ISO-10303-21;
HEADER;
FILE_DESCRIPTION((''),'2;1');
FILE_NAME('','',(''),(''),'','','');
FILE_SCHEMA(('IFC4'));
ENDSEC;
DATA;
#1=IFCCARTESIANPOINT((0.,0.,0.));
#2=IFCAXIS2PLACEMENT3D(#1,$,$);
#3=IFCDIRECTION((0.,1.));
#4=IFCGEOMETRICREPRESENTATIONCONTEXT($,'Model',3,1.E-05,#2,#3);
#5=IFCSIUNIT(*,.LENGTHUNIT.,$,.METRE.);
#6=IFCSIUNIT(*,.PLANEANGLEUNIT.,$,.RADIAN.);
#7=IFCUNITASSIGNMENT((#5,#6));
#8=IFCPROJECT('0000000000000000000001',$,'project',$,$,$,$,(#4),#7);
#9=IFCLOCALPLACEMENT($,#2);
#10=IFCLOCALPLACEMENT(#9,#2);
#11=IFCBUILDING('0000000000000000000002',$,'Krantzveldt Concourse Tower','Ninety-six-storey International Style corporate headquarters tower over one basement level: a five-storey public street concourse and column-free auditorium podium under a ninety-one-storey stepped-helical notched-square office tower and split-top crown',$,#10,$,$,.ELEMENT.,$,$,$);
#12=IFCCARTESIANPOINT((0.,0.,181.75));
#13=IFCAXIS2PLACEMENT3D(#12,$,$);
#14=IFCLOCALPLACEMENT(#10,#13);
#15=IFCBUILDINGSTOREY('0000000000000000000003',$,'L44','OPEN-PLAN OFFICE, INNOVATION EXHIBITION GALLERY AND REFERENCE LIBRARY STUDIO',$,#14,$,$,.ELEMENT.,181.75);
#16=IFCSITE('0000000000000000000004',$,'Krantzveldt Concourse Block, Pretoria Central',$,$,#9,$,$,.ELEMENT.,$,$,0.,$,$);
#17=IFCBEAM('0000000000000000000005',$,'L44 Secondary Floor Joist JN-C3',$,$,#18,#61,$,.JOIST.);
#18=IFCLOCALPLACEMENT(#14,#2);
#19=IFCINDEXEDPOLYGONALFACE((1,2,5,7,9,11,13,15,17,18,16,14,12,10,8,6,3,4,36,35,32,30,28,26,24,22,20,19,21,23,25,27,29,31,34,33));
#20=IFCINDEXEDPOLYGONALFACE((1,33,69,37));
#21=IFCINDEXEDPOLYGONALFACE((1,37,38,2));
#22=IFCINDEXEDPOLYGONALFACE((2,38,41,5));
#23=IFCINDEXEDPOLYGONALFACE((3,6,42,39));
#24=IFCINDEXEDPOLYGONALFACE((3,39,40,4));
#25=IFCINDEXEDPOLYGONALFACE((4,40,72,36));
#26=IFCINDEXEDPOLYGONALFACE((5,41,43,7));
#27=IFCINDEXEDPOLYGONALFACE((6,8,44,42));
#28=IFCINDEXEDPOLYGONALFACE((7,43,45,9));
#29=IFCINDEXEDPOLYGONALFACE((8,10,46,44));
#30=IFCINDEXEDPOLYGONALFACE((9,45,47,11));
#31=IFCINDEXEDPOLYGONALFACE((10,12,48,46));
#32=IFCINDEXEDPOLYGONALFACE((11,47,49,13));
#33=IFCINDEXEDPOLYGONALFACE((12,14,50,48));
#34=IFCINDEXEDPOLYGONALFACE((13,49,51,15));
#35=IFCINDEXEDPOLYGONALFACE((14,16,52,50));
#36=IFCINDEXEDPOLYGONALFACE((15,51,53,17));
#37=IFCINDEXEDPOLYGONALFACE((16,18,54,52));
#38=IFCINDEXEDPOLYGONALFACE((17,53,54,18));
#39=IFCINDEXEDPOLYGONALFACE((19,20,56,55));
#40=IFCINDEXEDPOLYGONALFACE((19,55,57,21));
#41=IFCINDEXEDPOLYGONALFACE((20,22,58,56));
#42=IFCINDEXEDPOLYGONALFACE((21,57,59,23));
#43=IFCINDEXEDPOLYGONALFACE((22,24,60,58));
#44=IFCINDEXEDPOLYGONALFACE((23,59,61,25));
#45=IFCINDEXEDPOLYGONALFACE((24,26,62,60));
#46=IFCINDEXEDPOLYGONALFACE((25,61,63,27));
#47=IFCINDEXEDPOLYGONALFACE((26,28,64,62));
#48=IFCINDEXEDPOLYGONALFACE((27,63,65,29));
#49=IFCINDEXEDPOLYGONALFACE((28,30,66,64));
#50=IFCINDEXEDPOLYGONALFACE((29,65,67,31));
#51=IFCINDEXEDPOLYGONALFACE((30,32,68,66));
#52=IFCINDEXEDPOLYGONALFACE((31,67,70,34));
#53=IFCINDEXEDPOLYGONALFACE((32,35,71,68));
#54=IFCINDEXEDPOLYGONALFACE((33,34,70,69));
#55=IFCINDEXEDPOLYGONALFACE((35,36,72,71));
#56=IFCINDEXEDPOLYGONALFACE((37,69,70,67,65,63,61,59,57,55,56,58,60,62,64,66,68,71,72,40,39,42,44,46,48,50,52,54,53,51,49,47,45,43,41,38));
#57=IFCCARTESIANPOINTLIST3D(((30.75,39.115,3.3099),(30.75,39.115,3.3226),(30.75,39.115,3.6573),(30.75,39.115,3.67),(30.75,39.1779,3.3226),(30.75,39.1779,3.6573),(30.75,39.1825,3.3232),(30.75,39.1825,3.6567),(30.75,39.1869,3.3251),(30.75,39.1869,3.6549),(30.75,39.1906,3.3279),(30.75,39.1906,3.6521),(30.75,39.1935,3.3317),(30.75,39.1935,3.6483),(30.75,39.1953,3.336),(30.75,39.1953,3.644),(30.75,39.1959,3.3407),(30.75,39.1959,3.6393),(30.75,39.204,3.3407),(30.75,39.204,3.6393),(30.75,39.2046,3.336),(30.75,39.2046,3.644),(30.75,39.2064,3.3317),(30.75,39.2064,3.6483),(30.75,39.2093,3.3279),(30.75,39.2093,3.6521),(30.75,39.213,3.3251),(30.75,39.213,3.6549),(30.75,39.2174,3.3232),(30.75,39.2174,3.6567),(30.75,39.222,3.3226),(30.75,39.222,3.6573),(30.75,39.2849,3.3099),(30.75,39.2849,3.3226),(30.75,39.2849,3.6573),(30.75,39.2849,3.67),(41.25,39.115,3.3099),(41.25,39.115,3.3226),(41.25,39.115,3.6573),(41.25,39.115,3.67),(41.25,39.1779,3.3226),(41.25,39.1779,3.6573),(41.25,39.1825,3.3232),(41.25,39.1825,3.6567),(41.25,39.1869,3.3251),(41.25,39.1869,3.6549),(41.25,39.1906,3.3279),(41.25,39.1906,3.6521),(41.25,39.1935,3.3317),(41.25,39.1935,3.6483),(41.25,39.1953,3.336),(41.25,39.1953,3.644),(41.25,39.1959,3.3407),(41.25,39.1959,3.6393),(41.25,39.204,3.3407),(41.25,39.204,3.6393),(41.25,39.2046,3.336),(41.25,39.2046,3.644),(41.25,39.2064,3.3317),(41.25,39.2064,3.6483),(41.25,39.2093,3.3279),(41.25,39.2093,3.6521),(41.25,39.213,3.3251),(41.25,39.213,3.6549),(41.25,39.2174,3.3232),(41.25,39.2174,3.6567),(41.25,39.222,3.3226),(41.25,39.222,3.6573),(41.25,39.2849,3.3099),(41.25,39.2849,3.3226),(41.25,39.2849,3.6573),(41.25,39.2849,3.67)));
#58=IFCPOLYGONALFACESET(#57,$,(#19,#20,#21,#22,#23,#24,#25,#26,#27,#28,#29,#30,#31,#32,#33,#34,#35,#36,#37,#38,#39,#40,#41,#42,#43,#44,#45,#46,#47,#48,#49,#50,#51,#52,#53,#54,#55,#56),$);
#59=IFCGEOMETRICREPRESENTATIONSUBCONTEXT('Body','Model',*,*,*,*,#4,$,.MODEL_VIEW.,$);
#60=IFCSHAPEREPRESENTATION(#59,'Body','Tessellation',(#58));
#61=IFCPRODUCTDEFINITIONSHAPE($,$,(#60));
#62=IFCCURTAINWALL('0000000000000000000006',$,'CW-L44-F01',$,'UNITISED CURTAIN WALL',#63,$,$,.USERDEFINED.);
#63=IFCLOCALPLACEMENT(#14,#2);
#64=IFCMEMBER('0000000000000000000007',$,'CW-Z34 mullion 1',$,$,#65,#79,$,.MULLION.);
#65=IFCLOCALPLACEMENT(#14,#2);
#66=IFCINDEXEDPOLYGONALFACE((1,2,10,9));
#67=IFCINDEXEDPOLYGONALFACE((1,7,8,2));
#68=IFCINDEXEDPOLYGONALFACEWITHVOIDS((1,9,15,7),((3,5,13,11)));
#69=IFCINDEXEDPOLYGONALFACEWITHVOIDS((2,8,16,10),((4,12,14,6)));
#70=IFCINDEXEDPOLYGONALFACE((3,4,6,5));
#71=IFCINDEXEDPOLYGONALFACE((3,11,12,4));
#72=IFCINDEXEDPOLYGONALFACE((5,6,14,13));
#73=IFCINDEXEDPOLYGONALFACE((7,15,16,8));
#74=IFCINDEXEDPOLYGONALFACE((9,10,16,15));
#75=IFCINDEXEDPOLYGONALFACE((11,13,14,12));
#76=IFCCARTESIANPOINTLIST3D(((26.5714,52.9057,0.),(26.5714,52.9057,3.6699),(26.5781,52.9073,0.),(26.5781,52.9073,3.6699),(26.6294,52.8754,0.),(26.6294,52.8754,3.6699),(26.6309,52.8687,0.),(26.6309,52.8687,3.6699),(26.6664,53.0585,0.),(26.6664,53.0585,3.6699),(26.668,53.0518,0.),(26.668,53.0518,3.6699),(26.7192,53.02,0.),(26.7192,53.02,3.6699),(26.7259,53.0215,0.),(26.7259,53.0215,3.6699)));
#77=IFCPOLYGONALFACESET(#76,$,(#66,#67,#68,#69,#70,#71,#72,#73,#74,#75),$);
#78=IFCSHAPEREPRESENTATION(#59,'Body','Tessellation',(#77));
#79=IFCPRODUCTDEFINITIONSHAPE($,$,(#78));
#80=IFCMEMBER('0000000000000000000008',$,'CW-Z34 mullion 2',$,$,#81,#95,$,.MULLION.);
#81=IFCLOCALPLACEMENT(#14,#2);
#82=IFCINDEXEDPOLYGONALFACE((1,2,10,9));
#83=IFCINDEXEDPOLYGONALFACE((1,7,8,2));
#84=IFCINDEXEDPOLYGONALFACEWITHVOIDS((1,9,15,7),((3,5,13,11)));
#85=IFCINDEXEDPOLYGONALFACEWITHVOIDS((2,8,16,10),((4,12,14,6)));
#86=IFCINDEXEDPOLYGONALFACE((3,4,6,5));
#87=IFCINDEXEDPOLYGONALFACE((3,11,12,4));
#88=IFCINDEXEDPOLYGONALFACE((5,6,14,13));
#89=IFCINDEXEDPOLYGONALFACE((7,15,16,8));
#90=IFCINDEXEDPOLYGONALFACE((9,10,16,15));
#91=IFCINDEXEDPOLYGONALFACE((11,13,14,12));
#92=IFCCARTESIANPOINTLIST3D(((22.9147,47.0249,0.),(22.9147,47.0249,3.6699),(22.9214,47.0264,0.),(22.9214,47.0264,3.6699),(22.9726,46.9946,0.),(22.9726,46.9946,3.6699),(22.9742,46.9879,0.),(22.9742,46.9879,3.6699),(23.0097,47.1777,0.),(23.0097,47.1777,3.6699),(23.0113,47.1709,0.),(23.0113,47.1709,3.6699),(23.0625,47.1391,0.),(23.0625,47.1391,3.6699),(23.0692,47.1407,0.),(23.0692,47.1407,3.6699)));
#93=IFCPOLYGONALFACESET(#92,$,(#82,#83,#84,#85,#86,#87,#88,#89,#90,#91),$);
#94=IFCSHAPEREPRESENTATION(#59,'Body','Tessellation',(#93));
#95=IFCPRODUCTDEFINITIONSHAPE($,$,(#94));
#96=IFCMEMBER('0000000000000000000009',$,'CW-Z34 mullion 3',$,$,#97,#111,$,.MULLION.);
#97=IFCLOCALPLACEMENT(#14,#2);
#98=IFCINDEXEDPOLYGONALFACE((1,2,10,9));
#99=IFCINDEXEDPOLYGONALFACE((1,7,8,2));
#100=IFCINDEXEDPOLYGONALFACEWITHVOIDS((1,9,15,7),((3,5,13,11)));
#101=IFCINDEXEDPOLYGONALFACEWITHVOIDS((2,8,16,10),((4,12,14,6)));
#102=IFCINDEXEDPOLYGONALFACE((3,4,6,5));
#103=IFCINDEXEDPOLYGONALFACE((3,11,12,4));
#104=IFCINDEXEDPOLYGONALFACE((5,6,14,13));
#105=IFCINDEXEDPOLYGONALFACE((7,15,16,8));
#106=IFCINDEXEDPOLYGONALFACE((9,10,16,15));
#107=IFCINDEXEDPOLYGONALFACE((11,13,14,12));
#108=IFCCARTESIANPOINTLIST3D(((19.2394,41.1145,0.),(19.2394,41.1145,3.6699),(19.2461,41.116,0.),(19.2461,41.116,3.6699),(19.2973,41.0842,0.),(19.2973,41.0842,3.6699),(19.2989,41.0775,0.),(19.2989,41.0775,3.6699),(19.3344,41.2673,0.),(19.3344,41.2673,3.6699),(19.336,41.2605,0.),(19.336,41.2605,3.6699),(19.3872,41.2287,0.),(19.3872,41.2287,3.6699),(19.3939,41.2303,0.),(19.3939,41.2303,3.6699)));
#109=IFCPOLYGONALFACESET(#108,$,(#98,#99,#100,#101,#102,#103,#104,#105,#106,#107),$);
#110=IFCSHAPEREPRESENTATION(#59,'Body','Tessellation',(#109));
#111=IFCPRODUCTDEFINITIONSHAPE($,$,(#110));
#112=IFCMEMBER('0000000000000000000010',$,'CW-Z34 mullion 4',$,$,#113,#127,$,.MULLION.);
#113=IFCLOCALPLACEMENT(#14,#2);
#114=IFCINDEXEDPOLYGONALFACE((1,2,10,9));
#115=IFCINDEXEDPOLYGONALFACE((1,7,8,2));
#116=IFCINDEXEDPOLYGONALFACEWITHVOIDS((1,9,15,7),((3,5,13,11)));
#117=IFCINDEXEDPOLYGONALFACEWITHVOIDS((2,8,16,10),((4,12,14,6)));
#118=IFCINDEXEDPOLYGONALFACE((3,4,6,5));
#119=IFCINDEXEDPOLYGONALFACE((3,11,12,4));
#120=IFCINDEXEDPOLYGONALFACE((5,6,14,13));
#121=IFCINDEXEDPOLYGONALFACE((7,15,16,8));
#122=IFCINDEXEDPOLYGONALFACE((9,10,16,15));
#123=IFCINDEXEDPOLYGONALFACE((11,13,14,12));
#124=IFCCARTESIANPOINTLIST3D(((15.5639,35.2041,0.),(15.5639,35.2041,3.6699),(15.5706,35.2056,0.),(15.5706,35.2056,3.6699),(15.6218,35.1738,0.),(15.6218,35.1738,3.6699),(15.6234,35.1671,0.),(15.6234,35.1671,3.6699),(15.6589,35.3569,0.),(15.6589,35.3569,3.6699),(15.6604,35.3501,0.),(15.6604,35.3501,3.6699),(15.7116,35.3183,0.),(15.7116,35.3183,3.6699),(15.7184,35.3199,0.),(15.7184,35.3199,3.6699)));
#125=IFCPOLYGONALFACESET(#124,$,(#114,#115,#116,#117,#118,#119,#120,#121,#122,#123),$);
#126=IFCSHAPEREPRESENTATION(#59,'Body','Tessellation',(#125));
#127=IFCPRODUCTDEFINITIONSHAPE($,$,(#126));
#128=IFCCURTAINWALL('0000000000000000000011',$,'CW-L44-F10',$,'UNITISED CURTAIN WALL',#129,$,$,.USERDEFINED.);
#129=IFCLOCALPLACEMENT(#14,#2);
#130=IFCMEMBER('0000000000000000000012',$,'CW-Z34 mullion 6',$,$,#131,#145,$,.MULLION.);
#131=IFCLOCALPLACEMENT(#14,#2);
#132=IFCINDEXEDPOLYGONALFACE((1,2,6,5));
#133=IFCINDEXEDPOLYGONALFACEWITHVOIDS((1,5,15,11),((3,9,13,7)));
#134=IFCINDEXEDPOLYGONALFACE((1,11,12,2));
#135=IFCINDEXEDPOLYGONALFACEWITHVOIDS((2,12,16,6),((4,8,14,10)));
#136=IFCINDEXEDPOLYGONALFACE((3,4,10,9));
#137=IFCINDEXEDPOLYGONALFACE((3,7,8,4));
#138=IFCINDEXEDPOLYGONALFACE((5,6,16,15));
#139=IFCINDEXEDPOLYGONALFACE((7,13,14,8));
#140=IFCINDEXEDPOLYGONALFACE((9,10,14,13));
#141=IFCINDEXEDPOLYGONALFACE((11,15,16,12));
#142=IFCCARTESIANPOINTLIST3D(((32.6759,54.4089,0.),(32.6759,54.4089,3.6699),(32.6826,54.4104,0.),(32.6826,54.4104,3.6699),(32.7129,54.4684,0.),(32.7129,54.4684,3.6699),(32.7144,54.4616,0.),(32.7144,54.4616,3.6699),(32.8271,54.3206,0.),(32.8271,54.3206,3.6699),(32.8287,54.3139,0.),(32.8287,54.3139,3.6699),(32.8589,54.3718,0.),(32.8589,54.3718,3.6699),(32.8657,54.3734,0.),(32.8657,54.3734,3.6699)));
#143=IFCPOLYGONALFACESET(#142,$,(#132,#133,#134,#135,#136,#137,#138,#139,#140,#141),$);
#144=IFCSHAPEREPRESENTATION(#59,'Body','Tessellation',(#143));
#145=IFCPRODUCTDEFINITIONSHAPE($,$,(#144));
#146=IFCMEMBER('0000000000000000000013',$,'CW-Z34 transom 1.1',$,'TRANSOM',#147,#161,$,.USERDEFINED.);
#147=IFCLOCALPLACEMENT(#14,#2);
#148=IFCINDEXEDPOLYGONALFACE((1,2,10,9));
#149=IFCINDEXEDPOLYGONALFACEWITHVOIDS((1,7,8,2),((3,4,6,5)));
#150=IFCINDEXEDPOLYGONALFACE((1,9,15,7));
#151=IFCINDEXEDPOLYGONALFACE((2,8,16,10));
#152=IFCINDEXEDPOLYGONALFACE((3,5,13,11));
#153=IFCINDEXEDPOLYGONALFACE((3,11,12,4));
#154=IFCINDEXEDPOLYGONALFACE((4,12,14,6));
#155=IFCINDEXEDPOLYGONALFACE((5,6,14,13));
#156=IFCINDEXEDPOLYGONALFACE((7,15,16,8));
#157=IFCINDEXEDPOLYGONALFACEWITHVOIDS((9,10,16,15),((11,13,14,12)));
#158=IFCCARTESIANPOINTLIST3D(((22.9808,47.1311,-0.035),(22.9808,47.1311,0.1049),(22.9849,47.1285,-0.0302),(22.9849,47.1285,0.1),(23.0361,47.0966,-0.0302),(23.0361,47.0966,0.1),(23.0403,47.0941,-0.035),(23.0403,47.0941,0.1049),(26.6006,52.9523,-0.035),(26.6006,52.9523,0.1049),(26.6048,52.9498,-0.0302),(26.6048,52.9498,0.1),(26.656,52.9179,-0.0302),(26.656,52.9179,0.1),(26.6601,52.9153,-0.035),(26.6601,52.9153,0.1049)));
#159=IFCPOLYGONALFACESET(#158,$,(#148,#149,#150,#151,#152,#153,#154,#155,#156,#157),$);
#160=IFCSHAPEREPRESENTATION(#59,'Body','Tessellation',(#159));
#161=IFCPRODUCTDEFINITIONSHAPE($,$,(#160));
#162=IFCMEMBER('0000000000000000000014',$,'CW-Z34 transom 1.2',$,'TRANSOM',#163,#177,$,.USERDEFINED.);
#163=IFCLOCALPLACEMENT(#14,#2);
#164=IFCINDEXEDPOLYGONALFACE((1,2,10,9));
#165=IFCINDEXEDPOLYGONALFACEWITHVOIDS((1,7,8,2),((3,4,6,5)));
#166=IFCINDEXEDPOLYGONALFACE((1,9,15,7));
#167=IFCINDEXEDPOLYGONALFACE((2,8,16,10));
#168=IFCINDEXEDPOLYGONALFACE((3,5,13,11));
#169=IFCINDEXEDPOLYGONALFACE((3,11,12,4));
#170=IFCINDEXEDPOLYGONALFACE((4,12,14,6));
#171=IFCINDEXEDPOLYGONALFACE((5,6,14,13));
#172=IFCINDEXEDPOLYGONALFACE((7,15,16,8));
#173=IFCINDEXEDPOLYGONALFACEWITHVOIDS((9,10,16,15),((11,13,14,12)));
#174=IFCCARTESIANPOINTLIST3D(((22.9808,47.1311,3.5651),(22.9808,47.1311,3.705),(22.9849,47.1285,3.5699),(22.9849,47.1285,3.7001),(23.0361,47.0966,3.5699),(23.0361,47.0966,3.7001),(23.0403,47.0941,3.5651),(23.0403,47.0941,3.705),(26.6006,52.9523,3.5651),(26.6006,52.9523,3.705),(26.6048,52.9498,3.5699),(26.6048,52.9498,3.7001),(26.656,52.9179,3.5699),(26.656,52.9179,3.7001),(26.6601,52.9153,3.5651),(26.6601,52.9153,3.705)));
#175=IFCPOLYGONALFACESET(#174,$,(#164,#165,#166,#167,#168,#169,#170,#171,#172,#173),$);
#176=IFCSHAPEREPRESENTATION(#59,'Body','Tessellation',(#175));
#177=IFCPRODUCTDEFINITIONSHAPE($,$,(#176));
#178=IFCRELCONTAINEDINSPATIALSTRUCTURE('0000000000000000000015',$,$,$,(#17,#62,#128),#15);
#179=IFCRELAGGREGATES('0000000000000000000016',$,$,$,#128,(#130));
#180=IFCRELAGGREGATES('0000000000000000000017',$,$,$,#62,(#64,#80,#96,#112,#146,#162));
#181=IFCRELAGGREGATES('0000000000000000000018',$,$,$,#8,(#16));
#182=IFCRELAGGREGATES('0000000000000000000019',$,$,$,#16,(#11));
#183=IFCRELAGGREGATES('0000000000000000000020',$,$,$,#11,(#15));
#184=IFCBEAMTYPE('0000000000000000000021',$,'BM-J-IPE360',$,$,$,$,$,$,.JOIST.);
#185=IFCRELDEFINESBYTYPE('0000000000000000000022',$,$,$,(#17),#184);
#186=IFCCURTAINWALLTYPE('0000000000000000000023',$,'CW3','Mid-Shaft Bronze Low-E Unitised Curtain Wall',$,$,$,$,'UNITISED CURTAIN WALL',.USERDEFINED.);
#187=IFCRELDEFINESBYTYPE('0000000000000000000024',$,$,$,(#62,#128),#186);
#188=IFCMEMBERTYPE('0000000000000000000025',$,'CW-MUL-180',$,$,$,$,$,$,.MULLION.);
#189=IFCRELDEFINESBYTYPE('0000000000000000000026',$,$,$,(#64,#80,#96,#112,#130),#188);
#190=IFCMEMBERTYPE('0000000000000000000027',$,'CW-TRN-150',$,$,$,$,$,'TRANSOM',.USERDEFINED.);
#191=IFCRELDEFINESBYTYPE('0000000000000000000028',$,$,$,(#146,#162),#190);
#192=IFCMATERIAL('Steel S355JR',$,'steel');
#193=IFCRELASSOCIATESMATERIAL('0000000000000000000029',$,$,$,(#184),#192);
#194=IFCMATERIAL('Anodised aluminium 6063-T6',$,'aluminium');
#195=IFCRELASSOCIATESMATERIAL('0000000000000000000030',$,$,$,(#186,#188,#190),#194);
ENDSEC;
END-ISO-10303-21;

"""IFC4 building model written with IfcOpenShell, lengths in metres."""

from ifc_helpers import new_model, si_unit, direction, frame, origin, origin_2d, place, context, subcontext, project, spatial, hollow_rectangle, i_section, extrude, source, transform, mapped, material, material_profile, profile_set, type_object, type_shapes, element, aggregate, save


model = new_model("IFC4")

# Units and contexts
model_context = context("Model", 3, precision=1e-05, world=origin(), true_north=direction((0.0, 1.0)))
body_context = subcontext(model_context, "Body", "Model", "MODEL_VIEW")
ifc_project = project(units=[si_unit("LENGTHUNIT", "METRE"), si_unit("PLANEANGLEUNIT", "RADIAN")], contexts=[model_context])

# Site, building, storey
site_placement = place(None, origin())
site = spatial("IfcSite", under=ifc_project, at=site_placement, Name="Krantzveldt Concourse Block, Pretoria Central", CompositionType="ELEMENT", RefElevation=0.0)
building_placement = place(site_placement, origin())
building = spatial("IfcBuilding", under=site, at=building_placement, Name="Krantzveldt Concourse Tower", Description="Ninety-six-storey International Style corporate headquarters tower over one basement level: a five-storey public street concourse and column-free auditorium podium under a ninety-one-storey stepped-helical notched-square office tower and split-top crown", CompositionType="ELEMENT")
storey_placement = place(building_placement, frame((0.0, 0.0, 181.75)))
storey = spatial("IfcBuildingStorey", under=building, at=storey_placement, Name="L44", Description="OPEN-PLAN OFFICE, INNOVATION EXHIBITION GALLERY AND REFERENCE LIBRARY STUDIO", CompositionType="ELEMENT", Elevation=181.75)

# Beam
ifc_material_1 = material(Name="Steel S355JR", Category="steel")
ifc_material_profile_1 = material_profile(ifc_material_1, i_section(OverallWidth=0.1699, OverallDepth=0.3601, WebThickness=0.0081, FlangeThickness=0.0127, FilletRadius=0.0181, at=origin_2d()), Name="Steel S355JR", Category="steel")
ifc_profile_set_1 = profile_set([ifc_material_profile_1], Name="Steel S355JR - IPE 360")
beam_type_1 = type_object("IfcBeamType", Name="BM-J-IPE360", PredefinedType="JOIST", material=ifc_profile_set_1)
shared_shape_1 = source(origin(), body_context, "Body", "SweptSolid", [
    extrude(i_section(OverallWidth=0.1699, OverallDepth=0.3601, WebThickness=0.0081, FlangeThickness=0.0127, FilletRadius=0.0181, at=origin_2d()), origin(), (0.0, 0.0, 1.0), 10.5),
])
type_shapes(beam_type_1, [shared_shape_1])
beam_1_placement = place(storey_placement, frame((30.75, 39.2, 3.49), z_axis=(1.0, 0.0, 0.0), x_axis=(0.0, 1.0, 0.0)))
element("IfcBeam", 1, at=beam_1_placement, inside=storey, type_object=beam_type_1, Name="L44 Secondary Floor Joist JN-C3", PredefinedType="JOIST", context=body_context, shape_type="MappedRepresentation", body=[
    mapped(shared_shape_1, transform((0.0, 0.0, 0.0), x_axis=(1.0, 0.0, 0.0), y_axis=(0.0, 1.0, 0.0), z_axis=(0.0, 0.0, 1.0), scale=1.0)),
])

# Curtain wall, members
ifc_material_2 = material(Name="Anodised aluminium 6063-T6", Category="aluminium")
curtain_wall_type = type_object("IfcCurtainWallType", Name="CW3", Description="Mid-Shaft Bronze Low-E Unitised Curtain Wall", ElementType="UNITISED CURTAIN WALL", PredefinedType="USERDEFINED", material=ifc_material_2)
curtain_wall_1_placement = place(storey_placement, origin())
curtain_wall_1 = element("IfcCurtainWall", 2, at=curtain_wall_1_placement, inside=storey, type_object=curtain_wall_type, Name="CW-L44-F01", ObjectType="UNITISED CURTAIN WALL", PredefinedType="USERDEFINED")
ifc_material_profile_2 = material_profile(ifc_material_2, hollow_rectangle(XDim=0.0701, YDim=0.1799, WallThickness=0.0049, at=origin_2d()), Name="Anodised aluminium 6063-T6", Category="aluminium")
ifc_profile_set_2 = profile_set([ifc_material_profile_2], Name="Anodised aluminium 6063-T6 - ALU-MULL 180x70x5")
member_type_1 = type_object("IfcMemberType", Name="CW-MUL-180", PredefinedType="MULLION", material=ifc_profile_set_2)
shared_shape_2 = source(origin(), body_context, "Body", "SweptSolid", [
    extrude(hollow_rectangle(XDim=0.0701, YDim=0.1799, WallThickness=0.0049, at=origin_2d()), origin(), (0.0, 0.0, 1.0), 3.6699),
])
type_shapes(member_type_1, [shared_shape_2])
member_1_placement = place(storey_placement, frame((26.6487, 52.9636, 0.0), z_axis=(0.0, 0.0, 1.0), x_axis=(0.849202, -0.528068, 0.0)))
member_1 = element("IfcMember", 3, at=member_1_placement, type_object=member_type_1, Name="CW-Z34 mullion 1", PredefinedType="MULLION", context=body_context, shape_type="MappedRepresentation", body=[
    mapped(shared_shape_2, transform((0.0, 0.0, 0.0), x_axis=(1.0, 0.0, 0.0), y_axis=(0.0, 1.0, 0.0), z_axis=(0.0, 0.0, 1.0), scale=1.0)),
])
member_2_placement = place(storey_placement, frame((22.9919, 47.0828, 0.0), z_axis=(0.0, 0.0, 1.0), x_axis=(0.849202, -0.528068, 0.0)))
member_2 = element("IfcMember", 4, at=member_2_placement, type_object=member_type_1, Name="CW-Z34 mullion 2", PredefinedType="MULLION", context=body_context, shape_type="MappedRepresentation", body=[
    mapped(shared_shape_2, transform((0.0, 0.0, 0.0), x_axis=(1.0, 0.0, 0.0), y_axis=(0.0, 1.0, 0.0), z_axis=(0.0, 0.0, 1.0), scale=1.0)),
])
member_3_placement = place(storey_placement, frame((19.3167, 41.1724, 0.0), z_axis=(0.0, 0.0, 1.0), x_axis=(0.849202, -0.528068, 0.0)))
member_3 = element("IfcMember", 5, at=member_3_placement, type_object=member_type_1, Name="CW-Z34 mullion 3", PredefinedType="MULLION", context=body_context, shape_type="MappedRepresentation", body=[
    mapped(shared_shape_2, transform((0.0, 0.0, 0.0), x_axis=(1.0, 0.0, 0.0), y_axis=(0.0, 1.0, 0.0), z_axis=(0.0, 0.0, 1.0), scale=1.0)),
])
member_4_placement = place(storey_placement, frame((15.6411, 35.262, 0.0), z_axis=(0.0, 0.0, 1.0), x_axis=(0.849202, -0.528068, 0.0)))
member_4 = element("IfcMember", 6, at=member_4_placement, type_object=member_type_1, Name="CW-Z34 mullion 4", PredefinedType="MULLION", context=body_context, shape_type="MappedRepresentation", body=[
    mapped(shared_shape_2, transform((0.0, 0.0, 0.0), x_axis=(1.0, 0.0, 0.0), y_axis=(0.0, 1.0, 0.0), z_axis=(0.0, 0.0, 1.0), scale=1.0)),
])

# Curtain wall, member
curtain_wall_2_placement = place(storey_placement, origin())
curtain_wall_2 = element("IfcCurtainWall", 7, at=curtain_wall_2_placement, inside=storey, type_object=curtain_wall_type, Name="CW-L44-F10", ObjectType="UNITISED CURTAIN WALL", PredefinedType="USERDEFINED")
member_5_placement = place(storey_placement, frame((32.7708, 54.3911, 0.0), z_axis=(0.0, 0.0, 1.0), x_axis=(-0.528068, -0.849202, 0.0)))
member_5 = element("IfcMember", 8, at=member_5_placement, type_object=member_type_1, Name="CW-Z34 mullion 6", PredefinedType="MULLION", context=body_context, shape_type="MappedRepresentation", body=[
    mapped(shared_shape_2, transform((0.0, 0.0, 0.0), x_axis=(1.0, 0.0, 0.0), y_axis=(0.0, 1.0, 0.0), z_axis=(0.0, 0.0, 1.0), scale=1.0)),
])
aggregate(curtain_wall_2, [member_5])

# Members
ifc_material_profile_3 = material_profile(ifc_material_2, hollow_rectangle(XDim=0.0701, YDim=0.1399, WallThickness=0.0049, at=origin_2d()), Name="Anodised aluminium 6063-T6", Category="aluminium")
ifc_profile_set_3 = profile_set([ifc_material_profile_3], Name="Anodised aluminium 6063-T6 - ALU-TRAN 140x70x5")
member_type_2 = type_object("IfcMemberType", Name="CW-TRN-150", ElementType="TRANSOM", PredefinedType="USERDEFINED", material=ifc_profile_set_3)
shared_shape_3 = source(origin(), body_context, "Body", "SweptSolid", [
    extrude(hollow_rectangle(XDim=0.0701, YDim=0.1399, WallThickness=0.0049, at=origin_2d()), origin(), (0.0, 0.0, 1.0), 6.855),
])
member_6_placement = place(storey_placement, frame((26.6304, 52.9338, 0.0349), z_axis=(-0.528064, -0.849205, 0.0), x_axis=(0.849205, -0.528064, 0.0)))
member_6 = element("IfcMember", 9, at=member_6_placement, type_object=member_type_2, Name="CW-Z34 transom 1.1", ObjectType="TRANSOM", PredefinedType="USERDEFINED", context=body_context, shape_type="MappedRepresentation", body=[
    mapped(shared_shape_3, transform((0.0, 0.0, 0.0), x_axis=(1.0, 0.0, 0.0), y_axis=(0.0, 1.0, 0.0), z_axis=(0.0, 0.0, 1.0), scale=1.0)),
])
member_7_placement = place(storey_placement, frame((26.6304, 52.9338, 3.635), z_axis=(-0.528064, -0.849205, 0.0), x_axis=(0.849205, -0.528064, 0.0)))
member_7 = element("IfcMember", 10, at=member_7_placement, type_object=member_type_2, Name="CW-Z34 transom 1.2", ObjectType="TRANSOM", PredefinedType="USERDEFINED", context=body_context, shape_type="MappedRepresentation", body=[
    mapped(shared_shape_3, transform((0.0, 0.0, 0.0), x_axis=(1.0, 0.0, 0.0), y_axis=(0.0, 1.0, 0.0), z_axis=(0.0, 0.0, 1.0), scale=1.0)),
])

aggregate(curtain_wall_1, [member_1, member_2, member_3, member_4, member_6, member_7])

save(model, "model.ifc")
